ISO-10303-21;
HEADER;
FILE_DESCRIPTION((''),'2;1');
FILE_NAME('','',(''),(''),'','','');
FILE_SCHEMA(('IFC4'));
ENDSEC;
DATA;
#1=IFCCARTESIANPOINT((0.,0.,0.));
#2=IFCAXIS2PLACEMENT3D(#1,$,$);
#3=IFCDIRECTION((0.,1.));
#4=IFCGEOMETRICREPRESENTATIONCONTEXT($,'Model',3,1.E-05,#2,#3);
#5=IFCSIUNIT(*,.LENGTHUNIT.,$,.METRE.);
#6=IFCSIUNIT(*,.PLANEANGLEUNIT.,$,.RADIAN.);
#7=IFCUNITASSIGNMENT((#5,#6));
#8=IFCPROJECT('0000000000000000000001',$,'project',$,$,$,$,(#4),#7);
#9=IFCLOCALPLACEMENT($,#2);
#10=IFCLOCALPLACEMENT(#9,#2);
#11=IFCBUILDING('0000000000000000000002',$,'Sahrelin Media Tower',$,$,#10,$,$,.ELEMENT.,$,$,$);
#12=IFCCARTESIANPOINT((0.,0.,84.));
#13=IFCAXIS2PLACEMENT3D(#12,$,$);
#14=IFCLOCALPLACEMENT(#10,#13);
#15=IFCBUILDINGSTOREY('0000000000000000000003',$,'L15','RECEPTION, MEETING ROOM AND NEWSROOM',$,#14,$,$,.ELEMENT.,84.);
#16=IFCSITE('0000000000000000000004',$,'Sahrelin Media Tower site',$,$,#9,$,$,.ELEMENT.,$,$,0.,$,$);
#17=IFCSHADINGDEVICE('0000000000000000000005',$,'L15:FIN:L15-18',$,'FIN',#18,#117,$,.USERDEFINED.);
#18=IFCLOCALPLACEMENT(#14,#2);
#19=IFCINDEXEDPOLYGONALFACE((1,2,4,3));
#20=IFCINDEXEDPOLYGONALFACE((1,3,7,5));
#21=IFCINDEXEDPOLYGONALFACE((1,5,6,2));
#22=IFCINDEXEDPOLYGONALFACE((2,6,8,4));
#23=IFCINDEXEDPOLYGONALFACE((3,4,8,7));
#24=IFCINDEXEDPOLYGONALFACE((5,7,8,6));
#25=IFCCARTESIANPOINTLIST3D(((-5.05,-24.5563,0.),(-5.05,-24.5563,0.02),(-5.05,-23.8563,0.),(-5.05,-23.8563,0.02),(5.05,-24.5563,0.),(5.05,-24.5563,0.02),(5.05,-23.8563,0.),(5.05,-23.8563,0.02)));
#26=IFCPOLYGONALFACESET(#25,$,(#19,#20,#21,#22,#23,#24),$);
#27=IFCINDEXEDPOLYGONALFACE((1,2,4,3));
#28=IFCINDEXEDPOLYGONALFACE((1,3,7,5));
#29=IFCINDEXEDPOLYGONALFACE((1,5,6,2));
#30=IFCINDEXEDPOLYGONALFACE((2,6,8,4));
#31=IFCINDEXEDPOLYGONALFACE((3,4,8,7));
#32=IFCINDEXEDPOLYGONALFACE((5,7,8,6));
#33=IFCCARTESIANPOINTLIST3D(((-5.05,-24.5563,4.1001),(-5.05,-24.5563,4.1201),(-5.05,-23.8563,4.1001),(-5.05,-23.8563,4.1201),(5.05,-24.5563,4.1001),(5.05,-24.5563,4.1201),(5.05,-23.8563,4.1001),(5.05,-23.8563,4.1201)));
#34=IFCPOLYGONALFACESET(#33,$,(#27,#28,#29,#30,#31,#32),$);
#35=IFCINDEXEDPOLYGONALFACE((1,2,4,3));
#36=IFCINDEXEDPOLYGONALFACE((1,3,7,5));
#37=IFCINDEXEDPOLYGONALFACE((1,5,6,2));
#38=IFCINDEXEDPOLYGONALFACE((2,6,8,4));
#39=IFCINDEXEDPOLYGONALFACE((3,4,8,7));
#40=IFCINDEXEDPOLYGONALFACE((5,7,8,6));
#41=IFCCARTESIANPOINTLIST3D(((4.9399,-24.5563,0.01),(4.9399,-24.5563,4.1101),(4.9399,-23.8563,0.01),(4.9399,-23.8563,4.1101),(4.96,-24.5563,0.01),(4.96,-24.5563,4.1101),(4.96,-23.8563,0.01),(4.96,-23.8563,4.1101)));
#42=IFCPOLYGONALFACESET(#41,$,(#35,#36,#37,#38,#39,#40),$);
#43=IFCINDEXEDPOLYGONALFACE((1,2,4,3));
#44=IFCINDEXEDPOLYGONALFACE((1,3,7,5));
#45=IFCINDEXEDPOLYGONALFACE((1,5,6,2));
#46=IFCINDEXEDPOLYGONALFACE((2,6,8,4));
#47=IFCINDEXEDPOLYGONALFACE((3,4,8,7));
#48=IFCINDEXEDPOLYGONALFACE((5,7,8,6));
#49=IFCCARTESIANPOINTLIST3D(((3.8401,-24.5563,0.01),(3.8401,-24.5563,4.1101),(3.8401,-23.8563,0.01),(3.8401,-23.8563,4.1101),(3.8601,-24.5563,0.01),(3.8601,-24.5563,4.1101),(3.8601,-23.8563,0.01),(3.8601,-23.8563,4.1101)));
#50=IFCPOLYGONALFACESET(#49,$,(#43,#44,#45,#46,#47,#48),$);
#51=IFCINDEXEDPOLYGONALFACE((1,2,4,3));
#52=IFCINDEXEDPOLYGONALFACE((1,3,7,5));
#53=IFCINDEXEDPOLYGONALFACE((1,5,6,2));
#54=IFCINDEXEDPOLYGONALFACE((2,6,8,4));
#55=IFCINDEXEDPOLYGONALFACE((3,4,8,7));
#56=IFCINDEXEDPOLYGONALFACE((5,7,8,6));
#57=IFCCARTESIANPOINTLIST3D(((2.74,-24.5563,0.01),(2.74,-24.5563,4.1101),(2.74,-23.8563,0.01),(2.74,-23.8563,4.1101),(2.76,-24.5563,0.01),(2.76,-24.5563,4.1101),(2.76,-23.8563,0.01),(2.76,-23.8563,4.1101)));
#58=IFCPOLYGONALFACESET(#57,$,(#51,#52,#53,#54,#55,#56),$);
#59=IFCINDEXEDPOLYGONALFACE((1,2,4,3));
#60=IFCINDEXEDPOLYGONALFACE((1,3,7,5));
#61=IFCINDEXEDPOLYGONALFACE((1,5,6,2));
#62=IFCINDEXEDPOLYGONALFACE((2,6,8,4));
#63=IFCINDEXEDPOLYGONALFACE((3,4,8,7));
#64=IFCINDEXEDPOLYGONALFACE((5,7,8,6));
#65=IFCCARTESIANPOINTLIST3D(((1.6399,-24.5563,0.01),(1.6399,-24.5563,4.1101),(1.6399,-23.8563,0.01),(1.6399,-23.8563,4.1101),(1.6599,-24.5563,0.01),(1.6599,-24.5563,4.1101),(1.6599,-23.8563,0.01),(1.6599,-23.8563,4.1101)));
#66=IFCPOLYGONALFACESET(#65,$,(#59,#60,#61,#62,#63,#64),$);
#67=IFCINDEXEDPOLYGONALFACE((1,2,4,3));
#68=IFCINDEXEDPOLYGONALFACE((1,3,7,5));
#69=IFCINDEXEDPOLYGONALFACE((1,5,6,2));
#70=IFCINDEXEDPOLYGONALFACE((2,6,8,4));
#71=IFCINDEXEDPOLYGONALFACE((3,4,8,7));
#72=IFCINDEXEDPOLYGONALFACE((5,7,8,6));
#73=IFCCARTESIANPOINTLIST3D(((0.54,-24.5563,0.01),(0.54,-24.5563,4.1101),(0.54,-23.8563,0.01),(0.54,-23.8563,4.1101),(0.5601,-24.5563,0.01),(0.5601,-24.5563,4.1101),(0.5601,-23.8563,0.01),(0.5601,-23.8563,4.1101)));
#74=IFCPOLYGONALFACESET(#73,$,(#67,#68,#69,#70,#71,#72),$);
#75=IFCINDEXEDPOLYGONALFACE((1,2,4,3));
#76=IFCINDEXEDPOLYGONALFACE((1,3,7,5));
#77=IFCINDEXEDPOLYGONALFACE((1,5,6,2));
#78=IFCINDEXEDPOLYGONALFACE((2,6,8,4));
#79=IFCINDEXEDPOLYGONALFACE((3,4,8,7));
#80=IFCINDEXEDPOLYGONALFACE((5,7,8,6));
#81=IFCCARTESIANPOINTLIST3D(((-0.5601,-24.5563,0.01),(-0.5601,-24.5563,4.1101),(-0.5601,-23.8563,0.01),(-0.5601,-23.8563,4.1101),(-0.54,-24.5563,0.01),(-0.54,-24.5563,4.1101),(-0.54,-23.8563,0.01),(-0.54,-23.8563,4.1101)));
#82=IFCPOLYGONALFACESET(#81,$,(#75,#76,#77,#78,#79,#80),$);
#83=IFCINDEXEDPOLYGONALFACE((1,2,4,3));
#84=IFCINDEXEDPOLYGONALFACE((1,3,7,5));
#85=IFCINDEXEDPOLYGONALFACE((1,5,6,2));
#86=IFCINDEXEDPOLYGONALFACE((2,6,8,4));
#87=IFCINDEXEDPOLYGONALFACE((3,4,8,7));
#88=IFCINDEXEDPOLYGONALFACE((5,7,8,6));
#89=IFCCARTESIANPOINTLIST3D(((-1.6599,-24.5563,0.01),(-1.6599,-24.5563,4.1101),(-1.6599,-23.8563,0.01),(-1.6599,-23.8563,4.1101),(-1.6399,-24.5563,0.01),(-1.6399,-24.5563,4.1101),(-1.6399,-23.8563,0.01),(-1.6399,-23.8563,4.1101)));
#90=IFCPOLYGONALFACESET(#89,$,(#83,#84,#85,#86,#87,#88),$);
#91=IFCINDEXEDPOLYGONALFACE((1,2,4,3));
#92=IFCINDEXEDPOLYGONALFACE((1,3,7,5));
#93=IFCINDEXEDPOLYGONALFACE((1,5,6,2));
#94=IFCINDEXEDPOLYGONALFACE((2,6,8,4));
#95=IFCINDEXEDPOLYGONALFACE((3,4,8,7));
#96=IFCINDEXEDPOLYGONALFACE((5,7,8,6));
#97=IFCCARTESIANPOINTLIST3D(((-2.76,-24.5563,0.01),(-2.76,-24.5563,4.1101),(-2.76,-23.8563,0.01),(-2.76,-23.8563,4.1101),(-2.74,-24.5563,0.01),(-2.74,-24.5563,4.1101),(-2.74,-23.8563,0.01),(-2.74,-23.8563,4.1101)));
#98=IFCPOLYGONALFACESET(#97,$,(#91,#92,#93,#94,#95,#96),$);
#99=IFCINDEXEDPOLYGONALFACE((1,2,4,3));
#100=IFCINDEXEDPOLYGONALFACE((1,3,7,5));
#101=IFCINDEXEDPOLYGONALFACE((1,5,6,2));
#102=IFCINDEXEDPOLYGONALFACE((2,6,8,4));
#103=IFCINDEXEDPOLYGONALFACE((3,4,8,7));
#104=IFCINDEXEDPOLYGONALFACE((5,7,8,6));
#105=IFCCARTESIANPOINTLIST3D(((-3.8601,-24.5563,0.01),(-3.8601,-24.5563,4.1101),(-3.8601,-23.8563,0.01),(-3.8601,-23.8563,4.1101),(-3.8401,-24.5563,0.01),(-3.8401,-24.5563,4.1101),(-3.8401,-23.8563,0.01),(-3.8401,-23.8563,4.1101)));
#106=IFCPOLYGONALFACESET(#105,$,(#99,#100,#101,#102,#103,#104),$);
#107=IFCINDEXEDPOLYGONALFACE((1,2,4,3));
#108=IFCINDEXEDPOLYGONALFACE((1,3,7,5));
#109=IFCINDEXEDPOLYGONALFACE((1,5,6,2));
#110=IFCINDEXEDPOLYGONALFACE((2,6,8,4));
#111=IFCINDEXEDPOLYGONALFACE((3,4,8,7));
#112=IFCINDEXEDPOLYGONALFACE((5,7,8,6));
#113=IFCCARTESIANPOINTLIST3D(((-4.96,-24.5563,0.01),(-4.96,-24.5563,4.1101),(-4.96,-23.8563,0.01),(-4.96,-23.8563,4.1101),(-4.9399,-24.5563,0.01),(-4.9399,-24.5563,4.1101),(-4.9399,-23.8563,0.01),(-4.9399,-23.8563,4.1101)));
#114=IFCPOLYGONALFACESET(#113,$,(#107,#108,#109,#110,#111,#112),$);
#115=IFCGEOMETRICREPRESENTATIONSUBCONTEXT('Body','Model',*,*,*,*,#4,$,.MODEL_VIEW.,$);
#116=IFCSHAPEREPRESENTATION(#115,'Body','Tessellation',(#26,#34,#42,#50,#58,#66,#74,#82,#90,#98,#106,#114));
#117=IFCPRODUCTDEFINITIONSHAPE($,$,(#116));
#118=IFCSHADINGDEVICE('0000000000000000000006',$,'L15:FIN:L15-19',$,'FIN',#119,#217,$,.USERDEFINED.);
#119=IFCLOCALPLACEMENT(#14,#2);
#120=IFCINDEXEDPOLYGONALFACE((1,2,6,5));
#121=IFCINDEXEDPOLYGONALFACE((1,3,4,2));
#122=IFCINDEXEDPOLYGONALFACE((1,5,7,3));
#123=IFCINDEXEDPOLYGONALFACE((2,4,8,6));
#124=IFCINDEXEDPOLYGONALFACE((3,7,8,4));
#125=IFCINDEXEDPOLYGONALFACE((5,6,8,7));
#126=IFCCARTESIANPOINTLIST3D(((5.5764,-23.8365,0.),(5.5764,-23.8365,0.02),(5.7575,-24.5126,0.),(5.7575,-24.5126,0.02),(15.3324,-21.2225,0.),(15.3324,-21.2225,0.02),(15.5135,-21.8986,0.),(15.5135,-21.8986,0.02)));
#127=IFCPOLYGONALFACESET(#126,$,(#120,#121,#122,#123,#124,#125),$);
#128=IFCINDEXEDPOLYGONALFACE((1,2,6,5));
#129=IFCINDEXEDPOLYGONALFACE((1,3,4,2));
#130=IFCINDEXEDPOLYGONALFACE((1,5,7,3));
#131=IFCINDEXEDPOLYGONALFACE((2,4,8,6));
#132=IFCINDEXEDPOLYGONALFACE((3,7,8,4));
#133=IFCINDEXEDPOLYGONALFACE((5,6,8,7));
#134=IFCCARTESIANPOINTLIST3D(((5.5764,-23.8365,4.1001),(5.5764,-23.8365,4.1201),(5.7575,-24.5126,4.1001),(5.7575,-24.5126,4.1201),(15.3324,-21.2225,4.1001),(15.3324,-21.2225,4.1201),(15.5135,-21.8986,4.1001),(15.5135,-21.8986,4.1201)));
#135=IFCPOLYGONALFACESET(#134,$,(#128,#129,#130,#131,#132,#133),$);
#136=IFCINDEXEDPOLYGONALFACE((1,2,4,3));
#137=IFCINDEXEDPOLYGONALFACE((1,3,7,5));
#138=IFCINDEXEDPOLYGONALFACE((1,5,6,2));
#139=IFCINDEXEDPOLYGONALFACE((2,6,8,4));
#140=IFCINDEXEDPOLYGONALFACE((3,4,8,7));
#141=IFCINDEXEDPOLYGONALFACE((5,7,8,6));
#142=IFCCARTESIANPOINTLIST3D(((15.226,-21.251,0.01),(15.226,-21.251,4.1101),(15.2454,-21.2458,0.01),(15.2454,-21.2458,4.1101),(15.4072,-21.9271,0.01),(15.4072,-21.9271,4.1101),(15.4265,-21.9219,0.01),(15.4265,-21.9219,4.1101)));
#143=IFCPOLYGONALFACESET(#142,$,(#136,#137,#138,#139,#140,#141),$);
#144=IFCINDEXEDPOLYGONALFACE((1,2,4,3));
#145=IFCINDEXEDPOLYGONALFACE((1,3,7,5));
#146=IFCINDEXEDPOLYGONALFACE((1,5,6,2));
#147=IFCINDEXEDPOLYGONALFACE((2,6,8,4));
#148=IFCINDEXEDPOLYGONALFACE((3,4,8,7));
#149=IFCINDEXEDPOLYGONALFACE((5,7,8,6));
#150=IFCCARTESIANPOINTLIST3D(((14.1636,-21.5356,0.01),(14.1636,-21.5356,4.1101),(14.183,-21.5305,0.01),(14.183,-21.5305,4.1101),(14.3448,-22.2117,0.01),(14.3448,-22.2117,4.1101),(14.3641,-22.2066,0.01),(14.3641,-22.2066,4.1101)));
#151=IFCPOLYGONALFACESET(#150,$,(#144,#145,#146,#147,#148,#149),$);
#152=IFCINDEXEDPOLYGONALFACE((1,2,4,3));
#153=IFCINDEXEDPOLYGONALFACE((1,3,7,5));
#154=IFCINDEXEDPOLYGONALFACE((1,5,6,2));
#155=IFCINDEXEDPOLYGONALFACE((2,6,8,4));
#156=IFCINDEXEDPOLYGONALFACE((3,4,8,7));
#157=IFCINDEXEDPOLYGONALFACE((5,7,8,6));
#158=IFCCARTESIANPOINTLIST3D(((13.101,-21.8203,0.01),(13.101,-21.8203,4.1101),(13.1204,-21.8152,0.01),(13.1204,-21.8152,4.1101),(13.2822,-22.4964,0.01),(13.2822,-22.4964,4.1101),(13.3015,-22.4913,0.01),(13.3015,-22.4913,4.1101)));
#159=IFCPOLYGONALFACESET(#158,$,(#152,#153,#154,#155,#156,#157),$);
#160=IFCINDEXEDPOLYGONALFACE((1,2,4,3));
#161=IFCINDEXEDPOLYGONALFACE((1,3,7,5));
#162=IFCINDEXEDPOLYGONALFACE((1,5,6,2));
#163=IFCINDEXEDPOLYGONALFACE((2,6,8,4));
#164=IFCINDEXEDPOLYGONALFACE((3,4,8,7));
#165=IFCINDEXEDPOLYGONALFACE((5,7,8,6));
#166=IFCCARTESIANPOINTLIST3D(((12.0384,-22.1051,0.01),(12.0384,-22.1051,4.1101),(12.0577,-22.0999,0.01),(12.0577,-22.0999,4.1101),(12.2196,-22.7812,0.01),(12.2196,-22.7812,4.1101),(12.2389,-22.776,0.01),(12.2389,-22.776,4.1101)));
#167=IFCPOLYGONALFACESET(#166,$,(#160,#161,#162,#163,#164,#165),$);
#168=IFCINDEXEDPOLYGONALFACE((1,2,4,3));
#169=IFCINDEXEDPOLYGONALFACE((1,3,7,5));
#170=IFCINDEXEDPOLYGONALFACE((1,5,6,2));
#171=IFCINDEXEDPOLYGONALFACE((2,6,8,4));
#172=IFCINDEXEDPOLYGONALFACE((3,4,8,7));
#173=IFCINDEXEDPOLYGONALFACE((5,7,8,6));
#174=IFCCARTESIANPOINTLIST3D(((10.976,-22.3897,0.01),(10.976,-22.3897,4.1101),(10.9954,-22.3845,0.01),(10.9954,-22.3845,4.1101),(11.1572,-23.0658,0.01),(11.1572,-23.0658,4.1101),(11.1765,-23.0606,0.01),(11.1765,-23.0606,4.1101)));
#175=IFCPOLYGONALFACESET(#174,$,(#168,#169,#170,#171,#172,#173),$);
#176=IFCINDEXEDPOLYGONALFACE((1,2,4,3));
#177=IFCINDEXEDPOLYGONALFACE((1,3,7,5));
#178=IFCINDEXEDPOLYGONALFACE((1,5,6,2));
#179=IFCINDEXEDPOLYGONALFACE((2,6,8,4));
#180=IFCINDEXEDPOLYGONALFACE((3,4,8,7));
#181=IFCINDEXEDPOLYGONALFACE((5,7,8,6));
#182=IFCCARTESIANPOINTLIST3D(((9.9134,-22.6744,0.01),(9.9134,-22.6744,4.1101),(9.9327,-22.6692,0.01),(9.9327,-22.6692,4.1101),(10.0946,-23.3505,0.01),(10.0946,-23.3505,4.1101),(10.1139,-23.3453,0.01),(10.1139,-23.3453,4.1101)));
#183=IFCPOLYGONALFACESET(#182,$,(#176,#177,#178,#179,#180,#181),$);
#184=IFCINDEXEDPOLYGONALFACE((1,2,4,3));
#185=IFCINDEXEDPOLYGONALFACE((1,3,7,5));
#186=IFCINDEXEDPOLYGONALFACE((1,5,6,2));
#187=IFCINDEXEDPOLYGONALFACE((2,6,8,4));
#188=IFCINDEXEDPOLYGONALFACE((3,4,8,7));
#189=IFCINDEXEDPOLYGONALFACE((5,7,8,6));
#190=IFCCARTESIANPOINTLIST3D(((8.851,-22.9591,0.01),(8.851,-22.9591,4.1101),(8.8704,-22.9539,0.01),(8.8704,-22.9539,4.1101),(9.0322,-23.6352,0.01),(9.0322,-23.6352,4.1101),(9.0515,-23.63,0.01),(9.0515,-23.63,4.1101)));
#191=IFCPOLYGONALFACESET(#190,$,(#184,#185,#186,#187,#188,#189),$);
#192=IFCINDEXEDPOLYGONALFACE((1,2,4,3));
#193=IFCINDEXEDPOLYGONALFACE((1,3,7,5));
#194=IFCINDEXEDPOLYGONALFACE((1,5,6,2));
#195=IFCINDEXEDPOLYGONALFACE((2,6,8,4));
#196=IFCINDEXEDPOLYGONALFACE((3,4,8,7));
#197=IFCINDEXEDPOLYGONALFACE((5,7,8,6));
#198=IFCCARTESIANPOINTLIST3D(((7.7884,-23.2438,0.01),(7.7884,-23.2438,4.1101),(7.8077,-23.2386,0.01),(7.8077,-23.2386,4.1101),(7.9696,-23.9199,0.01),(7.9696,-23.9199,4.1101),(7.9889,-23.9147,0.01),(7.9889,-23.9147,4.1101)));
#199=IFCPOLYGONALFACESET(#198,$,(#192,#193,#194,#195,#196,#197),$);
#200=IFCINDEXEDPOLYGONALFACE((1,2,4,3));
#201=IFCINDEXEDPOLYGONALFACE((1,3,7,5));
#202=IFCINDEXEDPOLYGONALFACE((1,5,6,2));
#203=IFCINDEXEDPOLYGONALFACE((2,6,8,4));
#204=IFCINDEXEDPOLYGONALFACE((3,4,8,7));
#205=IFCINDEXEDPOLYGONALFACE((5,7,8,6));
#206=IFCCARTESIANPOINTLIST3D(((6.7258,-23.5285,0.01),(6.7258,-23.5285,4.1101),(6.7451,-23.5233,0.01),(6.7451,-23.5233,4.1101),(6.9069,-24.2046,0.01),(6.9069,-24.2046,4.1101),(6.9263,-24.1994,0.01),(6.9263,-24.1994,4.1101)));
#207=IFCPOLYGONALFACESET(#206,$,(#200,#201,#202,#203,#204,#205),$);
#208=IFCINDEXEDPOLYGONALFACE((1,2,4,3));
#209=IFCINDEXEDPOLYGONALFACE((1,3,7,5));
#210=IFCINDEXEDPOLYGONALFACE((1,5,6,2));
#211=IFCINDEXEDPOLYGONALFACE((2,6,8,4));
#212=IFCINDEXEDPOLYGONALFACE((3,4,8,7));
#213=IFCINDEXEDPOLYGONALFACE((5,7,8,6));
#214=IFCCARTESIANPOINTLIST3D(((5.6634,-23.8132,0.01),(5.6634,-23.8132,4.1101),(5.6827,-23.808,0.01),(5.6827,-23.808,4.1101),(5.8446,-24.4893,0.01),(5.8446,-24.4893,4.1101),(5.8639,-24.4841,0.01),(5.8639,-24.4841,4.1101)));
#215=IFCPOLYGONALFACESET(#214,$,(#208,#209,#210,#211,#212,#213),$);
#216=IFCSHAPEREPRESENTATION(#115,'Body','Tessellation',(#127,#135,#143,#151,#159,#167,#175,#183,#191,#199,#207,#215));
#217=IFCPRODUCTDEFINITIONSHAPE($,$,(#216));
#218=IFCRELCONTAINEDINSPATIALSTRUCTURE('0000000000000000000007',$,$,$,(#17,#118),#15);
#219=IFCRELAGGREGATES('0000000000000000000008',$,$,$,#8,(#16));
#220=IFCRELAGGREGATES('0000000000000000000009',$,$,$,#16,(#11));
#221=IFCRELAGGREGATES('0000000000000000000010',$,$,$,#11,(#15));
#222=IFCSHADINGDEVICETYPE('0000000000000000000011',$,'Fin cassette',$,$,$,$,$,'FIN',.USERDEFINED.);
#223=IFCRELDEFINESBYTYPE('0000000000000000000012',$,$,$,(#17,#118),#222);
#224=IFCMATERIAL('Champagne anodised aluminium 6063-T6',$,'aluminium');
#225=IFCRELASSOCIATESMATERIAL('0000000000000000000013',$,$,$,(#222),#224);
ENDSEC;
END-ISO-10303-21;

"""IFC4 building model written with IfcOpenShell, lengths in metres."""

from ifc_helpers import new_model, si_unit, direction, frame, origin, origin_2d, place, context, subcontext, project, spatial, rectangle, extrude, material, type_object, element, save


model = new_model("IFC4")

# Units and contexts
model_context = context("Model", 3, precision=1e-05, world=origin(), true_north=direction((0.0, 1.0)))
body_context = subcontext(model_context, "Body", "Model", "MODEL_VIEW")
ifc_project = project(units=[si_unit("LENGTHUNIT", "METRE"), si_unit("PLANEANGLEUNIT", "RADIAN")], contexts=[model_context])

# Site, building, storey
site_placement = place(None, origin())
site = spatial("IfcSite", under=ifc_project, at=site_placement, Name="Sahrelin Media Tower site", CompositionType="ELEMENT", RefElevation=0.0)
building_placement = place(site_placement, origin())
building = spatial("IfcBuilding", under=site, at=building_placement, Name="Sahrelin Media Tower", CompositionType="ELEMENT")
storey_placement = place(building_placement, frame((0.0, 0.0, 84.0)))
storey = spatial("IfcBuildingStorey", under=building, at=storey_placement, Name="L15", Description="RECEPTION, MEETING ROOM AND NEWSROOM", CompositionType="ELEMENT", Elevation=84.0)

# Shared definitions
ifc_material_1 = material(Name="Champagne anodised aluminium 6063-T6", Category="aluminium")

# Shading devices
shading_device_type_1 = type_object("IfcShadingDeviceType", Name="Fin cassette", ElementType="FIN", PredefinedType="USERDEFINED", material=ifc_material_1)
placement_1 = place(storey_placement, frame((0.0, -23.7864, 0.0), z_axis=(0.0, 0.0, 1.0), x_axis=(-1.0, 0.0, 0.0)))
element("IfcShadingDevice", 1, at=placement_1, inside=storey, type_object=shading_device_type_1, Name="L15:FIN:L15-18", ObjectType="FIN", PredefinedType="USERDEFINED", context=body_context, shape_type="SweptSolid", body=[
    extrude(rectangle(XDim=10.1001, YDim=0.7, at=origin_2d()), frame((0.0, 0.4199, 0.0)), (0.0, 0.0, 1.0), 0.02),
    extrude(rectangle(XDim=10.1001, YDim=0.7, at=origin_2d()), frame((0.0, 0.4199, 4.1001)), (0.0, 0.0, 1.0), 0.02),
    extrude(rectangle(XDim=0.02, YDim=0.7, at=origin_2d()), frame((-4.95, 0.4199, 0.01), z_axis=(0.0, 0.0, 1.0), x_axis=(1.0, 0.0, 0.0)), (0.0, 0.0, 1.0), 4.1001),
    extrude(rectangle(XDim=0.02, YDim=0.7, at=origin_2d()), frame((-3.8501, 0.4199, 0.01), z_axis=(0.0, 0.0, 1.0), x_axis=(1.0, 0.0, 0.0)), (0.0, 0.0, 1.0), 4.1001),
    extrude(rectangle(XDim=0.02, YDim=0.7, at=origin_2d()), frame((-2.75, 0.4199, 0.01), z_axis=(0.0, 0.0, 1.0), x_axis=(1.0, 0.0, 0.0)), (0.0, 0.0, 1.0), 4.1001),
    extrude(rectangle(XDim=0.02, YDim=0.7, at=origin_2d()), frame((-1.6499, 0.4199, 0.01), z_axis=(0.0, 0.0, 1.0), x_axis=(1.0, 0.0, 0.0)), (0.0, 0.0, 1.0), 4.1001),
    extrude(rectangle(XDim=0.02, YDim=0.7, at=origin_2d()), frame((-0.55, 0.4199, 0.01), z_axis=(0.0, 0.0, 1.0), x_axis=(1.0, 0.0, 0.0)), (0.0, 0.0, 1.0), 4.1001),
    extrude(rectangle(XDim=0.02, YDim=0.7, at=origin_2d()), frame((0.55, 0.4199, 0.01), z_axis=(0.0, 0.0, 1.0), x_axis=(1.0, 0.0, 0.0)), (0.0, 0.0, 1.0), 4.1001),
    extrude(rectangle(XDim=0.02, YDim=0.7, at=origin_2d()), frame((1.6499, 0.4199, 0.01), z_axis=(0.0, 0.0, 1.0), x_axis=(1.0, 0.0, 0.0)), (0.0, 0.0, 1.0), 4.1001),
    extrude(rectangle(XDim=0.02, YDim=0.7, at=origin_2d()), frame((2.75, 0.4199, 0.01), z_axis=(0.0, 0.0, 1.0), x_axis=(1.0, 0.0, 0.0)), (0.0, 0.0, 1.0), 4.1001),
    extrude(rectangle(XDim=0.02, YDim=0.7, at=origin_2d()), frame((3.8501, 0.4199, 0.01), z_axis=(0.0, 0.0, 1.0), x_axis=(1.0, 0.0, 0.0)), (0.0, 0.0, 1.0), 4.1001),
    extrude(rectangle(XDim=0.02, YDim=0.7, at=origin_2d()), frame((4.95, 0.4199, 0.01), z_axis=(0.0, 0.0, 1.0), x_axis=(1.0, 0.0, 0.0)), (0.0, 0.0, 1.0), 4.1001),
])
placement_2 = place(storey_placement, frame((10.4363, -22.4619, 0.0), z_axis=(0.0, 0.0, 1.0), x_axis=(-0.965929, -0.258808, 0.0)))
element("IfcShadingDevice", 2, at=placement_2, inside=storey, type_object=shading_device_type_1, Name="L15:FIN:L15-19", ObjectType="FIN", PredefinedType="USERDEFINED", context=body_context, shape_type="SweptSolid", body=[
    extrude(rectangle(XDim=10.1001, YDim=0.7, at=origin_2d()), frame((0.0, 0.4199, 0.0)), (0.0, 0.0, 1.0), 0.02),
    extrude(rectangle(XDim=10.1001, YDim=0.7, at=origin_2d()), frame((0.0, 0.4199, 4.1001)), (0.0, 0.0, 1.0), 0.02),
    extrude(rectangle(XDim=0.02, YDim=0.7, at=origin_2d()), frame((-4.95, 0.4199, 0.01), z_axis=(0.0, 0.0, 1.0), x_axis=(1.0, 0.0, 0.0)), (0.0, 0.0, 1.0), 4.1001),
    extrude(rectangle(XDim=0.02, YDim=0.7, at=origin_2d()), frame((-3.8501, 0.4199, 0.01), z_axis=(0.0, 0.0, 1.0), x_axis=(1.0, 0.0, 0.0)), (0.0, 0.0, 1.0), 4.1001),
    extrude(rectangle(XDim=0.02, YDim=0.7, at=origin_2d()), frame((-2.75, 0.4199, 0.01), z_axis=(0.0, 0.0, 1.0), x_axis=(1.0, 0.0, 0.0)), (0.0, 0.0, 1.0), 4.1001),
    extrude(rectangle(XDim=0.02, YDim=0.7, at=origin_2d()), frame((-1.6499, 0.4199, 0.01), z_axis=(0.0, 0.0, 1.0), x_axis=(1.0, 0.0, 0.0)), (0.0, 0.0, 1.0), 4.1001),
    extrude(rectangle(XDim=0.02, YDim=0.7, at=origin_2d()), frame((-0.55, 0.4199, 0.01), z_axis=(0.0, 0.0, 1.0), x_axis=(1.0, 0.0, 0.0)), (0.0, 0.0, 1.0), 4.1001),
    extrude(rectangle(XDim=0.02, YDim=0.7, at=origin_2d()), frame((0.55, 0.4199, 0.01), z_axis=(0.0, 0.0, 1.0), x_axis=(1.0, 0.0, 0.0)), (0.0, 0.0, 1.0), 4.1001),
    extrude(rectangle(XDim=0.02, YDim=0.7, at=origin_2d()), frame((1.6499, 0.4199, 0.01), z_axis=(0.0, 0.0, 1.0), x_axis=(1.0, 0.0, 0.0)), (0.0, 0.0, 1.0), 4.1001),
    extrude(rectangle(XDim=0.02, YDim=0.7, at=origin_2d()), frame((2.75, 0.4199, 0.01), z_axis=(0.0, 0.0, 1.0), x_axis=(1.0, 0.0, 0.0)), (0.0, 0.0, 1.0), 4.1001),
    extrude(rectangle(XDim=0.02, YDim=0.7, at=origin_2d()), frame((3.8501, 0.4199, 0.01), z_axis=(0.0, 0.0, 1.0), x_axis=(1.0, 0.0, 0.0)), (0.0, 0.0, 1.0), 4.1001),
    extrude(rectangle(XDim=0.02, YDim=0.7, at=origin_2d()), frame((4.95, 0.4199, 0.01), z_axis=(0.0, 0.0, 1.0), x_axis=(1.0, 0.0, 0.0)), (0.0, 0.0, 1.0), 4.1001),
])

save(model, "model.ifc")
